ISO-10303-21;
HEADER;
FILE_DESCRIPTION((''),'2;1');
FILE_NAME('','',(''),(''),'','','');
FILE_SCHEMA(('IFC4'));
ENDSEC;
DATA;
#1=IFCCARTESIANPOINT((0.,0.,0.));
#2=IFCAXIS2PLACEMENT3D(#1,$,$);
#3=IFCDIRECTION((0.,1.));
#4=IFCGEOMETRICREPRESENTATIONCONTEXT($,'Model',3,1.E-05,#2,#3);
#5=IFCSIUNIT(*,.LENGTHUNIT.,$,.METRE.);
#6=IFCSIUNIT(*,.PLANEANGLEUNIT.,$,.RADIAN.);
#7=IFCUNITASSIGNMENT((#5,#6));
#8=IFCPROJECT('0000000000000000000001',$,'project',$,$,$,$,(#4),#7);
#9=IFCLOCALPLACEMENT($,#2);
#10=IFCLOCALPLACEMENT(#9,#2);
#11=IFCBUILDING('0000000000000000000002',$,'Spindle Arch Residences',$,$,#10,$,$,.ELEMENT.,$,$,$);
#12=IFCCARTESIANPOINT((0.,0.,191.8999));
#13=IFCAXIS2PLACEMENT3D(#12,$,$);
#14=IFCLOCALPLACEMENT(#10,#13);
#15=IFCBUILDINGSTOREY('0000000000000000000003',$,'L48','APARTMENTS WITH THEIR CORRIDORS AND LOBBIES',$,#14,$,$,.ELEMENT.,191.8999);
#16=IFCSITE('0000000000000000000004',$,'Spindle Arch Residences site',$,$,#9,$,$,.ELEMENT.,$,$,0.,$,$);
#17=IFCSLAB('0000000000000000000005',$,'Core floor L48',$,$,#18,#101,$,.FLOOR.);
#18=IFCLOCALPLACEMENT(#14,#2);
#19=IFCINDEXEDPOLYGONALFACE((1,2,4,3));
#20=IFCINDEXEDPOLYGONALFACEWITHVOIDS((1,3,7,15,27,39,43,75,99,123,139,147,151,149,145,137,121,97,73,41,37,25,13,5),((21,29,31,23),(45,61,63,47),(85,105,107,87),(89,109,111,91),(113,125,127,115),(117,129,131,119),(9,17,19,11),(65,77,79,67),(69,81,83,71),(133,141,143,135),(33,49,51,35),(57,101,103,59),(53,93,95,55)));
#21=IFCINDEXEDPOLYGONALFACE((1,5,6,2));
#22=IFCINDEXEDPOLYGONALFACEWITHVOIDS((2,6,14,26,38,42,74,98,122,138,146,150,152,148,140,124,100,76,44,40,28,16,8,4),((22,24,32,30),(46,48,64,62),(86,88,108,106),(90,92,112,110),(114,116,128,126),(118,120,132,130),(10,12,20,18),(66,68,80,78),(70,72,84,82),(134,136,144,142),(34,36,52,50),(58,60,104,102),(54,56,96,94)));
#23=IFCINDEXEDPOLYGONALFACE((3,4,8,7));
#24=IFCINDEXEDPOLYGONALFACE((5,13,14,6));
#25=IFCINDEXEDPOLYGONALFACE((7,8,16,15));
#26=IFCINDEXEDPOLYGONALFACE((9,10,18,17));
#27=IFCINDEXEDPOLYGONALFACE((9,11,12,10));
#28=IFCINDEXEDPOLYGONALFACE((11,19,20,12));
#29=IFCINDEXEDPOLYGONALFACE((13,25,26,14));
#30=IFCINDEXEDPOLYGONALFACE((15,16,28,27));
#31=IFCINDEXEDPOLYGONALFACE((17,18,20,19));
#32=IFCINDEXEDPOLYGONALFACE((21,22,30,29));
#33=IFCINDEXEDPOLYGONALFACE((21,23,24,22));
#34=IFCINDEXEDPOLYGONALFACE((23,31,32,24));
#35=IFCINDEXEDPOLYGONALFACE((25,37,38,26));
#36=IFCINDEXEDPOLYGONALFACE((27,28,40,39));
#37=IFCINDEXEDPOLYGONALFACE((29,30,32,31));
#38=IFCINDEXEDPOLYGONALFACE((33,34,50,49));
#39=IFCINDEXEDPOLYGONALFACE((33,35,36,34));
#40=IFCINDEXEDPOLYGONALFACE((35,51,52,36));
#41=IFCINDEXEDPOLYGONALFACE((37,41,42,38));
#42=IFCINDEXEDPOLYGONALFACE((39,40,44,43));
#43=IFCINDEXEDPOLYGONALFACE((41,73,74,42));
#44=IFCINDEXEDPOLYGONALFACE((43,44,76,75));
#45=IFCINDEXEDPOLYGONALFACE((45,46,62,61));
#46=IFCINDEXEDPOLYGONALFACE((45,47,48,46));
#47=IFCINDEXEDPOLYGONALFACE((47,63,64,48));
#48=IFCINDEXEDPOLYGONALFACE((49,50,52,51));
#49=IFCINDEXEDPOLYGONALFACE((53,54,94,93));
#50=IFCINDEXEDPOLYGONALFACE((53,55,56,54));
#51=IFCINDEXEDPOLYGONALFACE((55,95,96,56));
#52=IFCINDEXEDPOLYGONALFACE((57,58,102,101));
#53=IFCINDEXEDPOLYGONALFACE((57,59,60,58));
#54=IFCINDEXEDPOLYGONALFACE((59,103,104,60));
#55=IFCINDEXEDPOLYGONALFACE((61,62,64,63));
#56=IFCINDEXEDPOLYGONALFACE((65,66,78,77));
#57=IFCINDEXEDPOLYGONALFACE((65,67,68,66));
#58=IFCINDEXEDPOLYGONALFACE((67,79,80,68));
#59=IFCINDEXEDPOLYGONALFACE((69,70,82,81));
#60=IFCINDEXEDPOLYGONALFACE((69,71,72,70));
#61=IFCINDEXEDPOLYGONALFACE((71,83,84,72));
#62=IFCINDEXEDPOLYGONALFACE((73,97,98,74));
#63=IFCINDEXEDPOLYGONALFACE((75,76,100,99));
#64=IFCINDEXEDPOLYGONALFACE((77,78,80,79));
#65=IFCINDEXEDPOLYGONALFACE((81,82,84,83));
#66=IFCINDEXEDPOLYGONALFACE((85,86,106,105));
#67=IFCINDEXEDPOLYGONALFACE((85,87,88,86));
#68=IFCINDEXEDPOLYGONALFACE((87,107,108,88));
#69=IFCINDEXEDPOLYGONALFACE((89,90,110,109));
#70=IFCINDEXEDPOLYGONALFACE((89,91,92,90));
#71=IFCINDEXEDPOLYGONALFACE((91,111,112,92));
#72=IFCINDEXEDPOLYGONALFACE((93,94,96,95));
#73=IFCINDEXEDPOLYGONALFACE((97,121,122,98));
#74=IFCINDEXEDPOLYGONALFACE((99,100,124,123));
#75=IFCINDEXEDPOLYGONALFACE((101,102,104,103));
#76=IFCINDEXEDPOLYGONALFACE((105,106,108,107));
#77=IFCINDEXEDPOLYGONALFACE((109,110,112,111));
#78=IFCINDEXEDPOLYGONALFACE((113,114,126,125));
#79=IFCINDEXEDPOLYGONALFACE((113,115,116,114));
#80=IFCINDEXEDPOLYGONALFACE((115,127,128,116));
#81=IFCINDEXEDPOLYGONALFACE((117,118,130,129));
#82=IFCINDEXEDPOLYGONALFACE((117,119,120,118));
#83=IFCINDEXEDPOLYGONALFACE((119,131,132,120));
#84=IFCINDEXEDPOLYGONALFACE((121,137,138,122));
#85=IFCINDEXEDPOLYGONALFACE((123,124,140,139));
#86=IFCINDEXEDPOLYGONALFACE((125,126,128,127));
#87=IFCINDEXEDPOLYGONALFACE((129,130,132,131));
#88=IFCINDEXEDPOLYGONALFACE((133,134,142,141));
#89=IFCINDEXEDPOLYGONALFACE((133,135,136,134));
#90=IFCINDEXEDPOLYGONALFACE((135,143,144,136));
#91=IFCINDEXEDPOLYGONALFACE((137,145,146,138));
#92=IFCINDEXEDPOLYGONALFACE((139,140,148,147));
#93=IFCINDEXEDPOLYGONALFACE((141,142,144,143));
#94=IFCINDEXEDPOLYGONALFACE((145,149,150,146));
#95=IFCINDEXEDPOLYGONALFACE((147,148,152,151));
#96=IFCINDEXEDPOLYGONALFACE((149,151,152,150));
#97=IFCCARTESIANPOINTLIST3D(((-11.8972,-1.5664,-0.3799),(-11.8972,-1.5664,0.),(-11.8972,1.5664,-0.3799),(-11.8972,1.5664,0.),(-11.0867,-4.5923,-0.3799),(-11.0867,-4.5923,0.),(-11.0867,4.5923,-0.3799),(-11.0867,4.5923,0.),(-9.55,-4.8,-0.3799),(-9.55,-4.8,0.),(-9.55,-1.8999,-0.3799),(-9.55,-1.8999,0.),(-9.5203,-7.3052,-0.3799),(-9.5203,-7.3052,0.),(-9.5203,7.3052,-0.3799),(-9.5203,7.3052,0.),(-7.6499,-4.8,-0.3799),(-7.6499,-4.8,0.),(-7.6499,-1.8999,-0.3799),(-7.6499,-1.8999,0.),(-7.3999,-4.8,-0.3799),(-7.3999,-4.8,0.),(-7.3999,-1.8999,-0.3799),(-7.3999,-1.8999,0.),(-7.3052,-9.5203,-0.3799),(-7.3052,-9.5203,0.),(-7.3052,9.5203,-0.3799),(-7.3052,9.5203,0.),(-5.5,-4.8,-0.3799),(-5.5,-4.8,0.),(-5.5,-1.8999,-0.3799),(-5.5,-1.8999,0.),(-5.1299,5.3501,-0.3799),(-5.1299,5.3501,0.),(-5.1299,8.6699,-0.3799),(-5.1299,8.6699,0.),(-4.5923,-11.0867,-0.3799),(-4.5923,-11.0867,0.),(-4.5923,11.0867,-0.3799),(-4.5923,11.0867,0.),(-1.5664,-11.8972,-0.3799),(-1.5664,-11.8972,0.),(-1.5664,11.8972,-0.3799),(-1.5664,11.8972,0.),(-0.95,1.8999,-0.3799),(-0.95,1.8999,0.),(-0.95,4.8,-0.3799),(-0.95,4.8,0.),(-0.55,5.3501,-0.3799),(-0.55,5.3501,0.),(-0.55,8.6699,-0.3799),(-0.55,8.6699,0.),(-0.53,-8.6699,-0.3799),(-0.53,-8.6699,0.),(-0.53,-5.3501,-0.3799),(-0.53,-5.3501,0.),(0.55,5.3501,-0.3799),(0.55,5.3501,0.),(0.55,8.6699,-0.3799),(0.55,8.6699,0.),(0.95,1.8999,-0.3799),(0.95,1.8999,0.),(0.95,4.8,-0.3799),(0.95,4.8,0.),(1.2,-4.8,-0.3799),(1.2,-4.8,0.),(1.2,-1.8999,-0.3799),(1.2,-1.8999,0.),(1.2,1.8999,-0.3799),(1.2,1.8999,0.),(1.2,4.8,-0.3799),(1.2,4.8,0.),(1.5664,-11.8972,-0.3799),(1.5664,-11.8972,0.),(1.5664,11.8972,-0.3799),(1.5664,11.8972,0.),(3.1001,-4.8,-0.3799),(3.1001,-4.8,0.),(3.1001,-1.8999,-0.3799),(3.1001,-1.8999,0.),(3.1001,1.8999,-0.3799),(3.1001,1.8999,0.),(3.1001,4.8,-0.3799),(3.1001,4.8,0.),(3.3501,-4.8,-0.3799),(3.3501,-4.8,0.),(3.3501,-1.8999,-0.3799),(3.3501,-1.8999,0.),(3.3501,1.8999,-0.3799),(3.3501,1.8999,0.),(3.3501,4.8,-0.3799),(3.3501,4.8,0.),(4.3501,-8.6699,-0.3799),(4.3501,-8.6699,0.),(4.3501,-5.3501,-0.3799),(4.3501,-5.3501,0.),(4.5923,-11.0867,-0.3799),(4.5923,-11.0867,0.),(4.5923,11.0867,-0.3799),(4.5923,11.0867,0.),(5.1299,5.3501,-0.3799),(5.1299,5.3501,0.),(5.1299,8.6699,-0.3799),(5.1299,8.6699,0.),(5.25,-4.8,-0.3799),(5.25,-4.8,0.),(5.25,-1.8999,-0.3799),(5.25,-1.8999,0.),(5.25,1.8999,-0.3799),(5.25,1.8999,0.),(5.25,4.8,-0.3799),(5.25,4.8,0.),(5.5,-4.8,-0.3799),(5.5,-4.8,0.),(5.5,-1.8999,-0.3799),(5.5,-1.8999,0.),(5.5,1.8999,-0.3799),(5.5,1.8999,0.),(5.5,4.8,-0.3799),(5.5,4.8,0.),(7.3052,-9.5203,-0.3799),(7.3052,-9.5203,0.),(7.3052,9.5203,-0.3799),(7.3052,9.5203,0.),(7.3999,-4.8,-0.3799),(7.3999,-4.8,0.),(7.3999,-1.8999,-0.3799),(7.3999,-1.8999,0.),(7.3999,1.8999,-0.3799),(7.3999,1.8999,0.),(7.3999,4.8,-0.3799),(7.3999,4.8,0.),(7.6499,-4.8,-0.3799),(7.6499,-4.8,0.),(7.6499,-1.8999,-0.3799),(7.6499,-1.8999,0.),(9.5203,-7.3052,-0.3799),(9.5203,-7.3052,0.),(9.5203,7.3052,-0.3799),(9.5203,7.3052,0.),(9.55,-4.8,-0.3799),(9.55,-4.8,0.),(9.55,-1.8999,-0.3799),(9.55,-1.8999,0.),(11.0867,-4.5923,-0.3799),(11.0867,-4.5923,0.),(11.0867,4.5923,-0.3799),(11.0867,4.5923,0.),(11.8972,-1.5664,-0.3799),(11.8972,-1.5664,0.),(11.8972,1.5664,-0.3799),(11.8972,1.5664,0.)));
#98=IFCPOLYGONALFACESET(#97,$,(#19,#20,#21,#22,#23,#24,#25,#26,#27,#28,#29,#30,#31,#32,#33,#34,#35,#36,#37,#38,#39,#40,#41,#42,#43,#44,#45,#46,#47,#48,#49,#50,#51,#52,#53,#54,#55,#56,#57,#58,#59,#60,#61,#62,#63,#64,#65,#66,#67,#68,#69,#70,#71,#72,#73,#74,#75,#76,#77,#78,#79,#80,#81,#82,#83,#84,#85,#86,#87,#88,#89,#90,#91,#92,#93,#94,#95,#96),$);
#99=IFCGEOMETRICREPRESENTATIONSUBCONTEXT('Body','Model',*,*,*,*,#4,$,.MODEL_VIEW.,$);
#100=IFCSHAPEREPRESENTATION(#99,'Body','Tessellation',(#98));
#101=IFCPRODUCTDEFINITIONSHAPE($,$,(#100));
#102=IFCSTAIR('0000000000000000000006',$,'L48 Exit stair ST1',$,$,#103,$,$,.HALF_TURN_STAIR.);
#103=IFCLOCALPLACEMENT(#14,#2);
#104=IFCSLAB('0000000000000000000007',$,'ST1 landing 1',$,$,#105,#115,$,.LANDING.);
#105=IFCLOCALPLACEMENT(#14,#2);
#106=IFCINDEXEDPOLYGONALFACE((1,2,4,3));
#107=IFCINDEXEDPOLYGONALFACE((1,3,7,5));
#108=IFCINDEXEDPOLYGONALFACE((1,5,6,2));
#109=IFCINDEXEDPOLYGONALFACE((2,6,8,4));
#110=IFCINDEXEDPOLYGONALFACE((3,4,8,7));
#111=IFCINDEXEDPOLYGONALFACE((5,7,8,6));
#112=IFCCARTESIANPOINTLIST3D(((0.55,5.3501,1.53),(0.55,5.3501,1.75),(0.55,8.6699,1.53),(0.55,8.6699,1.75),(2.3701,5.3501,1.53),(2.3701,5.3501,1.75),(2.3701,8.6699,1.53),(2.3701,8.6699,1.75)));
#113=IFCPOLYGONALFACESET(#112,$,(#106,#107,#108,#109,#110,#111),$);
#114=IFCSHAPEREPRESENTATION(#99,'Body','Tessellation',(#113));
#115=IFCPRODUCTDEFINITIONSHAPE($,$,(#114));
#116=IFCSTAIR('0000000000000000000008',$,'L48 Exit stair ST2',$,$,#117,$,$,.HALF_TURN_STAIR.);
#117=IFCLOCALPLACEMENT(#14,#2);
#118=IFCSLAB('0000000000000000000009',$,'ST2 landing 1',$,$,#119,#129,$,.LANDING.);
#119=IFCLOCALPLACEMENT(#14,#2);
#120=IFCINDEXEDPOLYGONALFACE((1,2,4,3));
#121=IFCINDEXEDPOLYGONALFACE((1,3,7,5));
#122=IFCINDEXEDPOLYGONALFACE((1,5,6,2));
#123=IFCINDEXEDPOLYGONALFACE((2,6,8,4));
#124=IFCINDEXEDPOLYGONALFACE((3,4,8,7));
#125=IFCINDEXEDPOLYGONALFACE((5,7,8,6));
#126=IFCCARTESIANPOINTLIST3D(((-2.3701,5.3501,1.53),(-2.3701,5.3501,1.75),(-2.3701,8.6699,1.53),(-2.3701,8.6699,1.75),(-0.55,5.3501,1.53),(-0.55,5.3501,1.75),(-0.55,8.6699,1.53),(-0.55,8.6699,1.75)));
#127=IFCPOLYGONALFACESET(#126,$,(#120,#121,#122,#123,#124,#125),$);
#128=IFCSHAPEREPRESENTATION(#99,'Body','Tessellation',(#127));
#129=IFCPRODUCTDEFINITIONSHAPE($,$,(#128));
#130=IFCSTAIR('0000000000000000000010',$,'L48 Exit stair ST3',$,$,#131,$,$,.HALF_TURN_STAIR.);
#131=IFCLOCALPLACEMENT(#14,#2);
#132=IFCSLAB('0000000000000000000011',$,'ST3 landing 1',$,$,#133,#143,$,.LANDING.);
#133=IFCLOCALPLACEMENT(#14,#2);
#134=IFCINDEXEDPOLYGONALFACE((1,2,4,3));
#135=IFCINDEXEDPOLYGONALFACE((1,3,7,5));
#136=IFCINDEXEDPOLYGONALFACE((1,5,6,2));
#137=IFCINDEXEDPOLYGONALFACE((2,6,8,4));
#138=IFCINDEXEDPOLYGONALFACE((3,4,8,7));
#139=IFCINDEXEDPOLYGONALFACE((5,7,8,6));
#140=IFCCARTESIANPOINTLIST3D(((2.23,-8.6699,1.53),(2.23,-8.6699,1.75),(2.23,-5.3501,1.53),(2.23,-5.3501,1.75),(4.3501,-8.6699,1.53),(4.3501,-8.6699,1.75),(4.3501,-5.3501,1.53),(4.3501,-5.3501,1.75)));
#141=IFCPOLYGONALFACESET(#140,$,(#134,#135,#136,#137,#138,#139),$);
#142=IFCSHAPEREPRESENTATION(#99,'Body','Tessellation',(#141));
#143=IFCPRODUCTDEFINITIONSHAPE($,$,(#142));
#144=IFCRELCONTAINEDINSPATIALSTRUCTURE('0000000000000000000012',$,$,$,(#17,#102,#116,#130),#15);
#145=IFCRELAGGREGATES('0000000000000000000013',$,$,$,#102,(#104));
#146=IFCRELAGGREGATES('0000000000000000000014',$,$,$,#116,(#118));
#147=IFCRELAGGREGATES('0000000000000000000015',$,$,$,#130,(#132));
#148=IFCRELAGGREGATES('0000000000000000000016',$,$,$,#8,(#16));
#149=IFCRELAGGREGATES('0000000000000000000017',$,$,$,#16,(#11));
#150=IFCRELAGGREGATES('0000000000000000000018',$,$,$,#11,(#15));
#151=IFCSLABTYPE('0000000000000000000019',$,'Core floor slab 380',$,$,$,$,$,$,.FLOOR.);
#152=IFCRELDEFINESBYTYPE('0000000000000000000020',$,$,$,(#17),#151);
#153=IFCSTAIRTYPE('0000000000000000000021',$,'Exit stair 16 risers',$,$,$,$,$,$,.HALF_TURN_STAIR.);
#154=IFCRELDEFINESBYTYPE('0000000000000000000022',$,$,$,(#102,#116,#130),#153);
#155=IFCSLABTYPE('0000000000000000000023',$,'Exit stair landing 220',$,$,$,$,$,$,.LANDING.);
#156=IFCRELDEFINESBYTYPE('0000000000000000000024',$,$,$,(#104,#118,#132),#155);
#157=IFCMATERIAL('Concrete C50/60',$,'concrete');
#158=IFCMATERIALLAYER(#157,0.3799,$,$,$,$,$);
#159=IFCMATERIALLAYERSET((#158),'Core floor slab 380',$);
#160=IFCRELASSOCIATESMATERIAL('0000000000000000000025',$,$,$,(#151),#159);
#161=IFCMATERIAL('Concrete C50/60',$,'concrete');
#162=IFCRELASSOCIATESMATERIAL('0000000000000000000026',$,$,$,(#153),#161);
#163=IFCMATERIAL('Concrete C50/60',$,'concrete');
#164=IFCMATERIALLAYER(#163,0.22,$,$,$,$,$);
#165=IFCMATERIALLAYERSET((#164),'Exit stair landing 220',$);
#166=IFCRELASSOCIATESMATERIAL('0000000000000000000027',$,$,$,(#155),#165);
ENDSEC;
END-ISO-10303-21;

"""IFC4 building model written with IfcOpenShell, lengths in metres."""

from ifc_helpers import new_model, si_unit, direction, frame, origin, place, context, subcontext, project, spatial, polyline, outline, extrude, material, layer, layer_set, type_object, element, aggregate, save


model = new_model("IFC4")

# Units and contexts
model_context = context("Model", 3, precision=1e-05, world=origin(), true_north=direction((0.0, 1.0)))
body_context = subcontext(model_context, "Body", "Model", "MODEL_VIEW")
ifc_project = project(units=[si_unit("LENGTHUNIT", "METRE"), si_unit("PLANEANGLEUNIT", "RADIAN")], contexts=[model_context])

# Site, building, storey
site_placement = place(None, origin())
site = spatial("IfcSite", under=ifc_project, at=site_placement, Name="Spindle Arch Residences site", CompositionType="ELEMENT", RefElevation=0.0)
building_placement = place(site_placement, origin())
building = spatial("IfcBuilding", under=site, at=building_placement, Name="Spindle Arch Residences", CompositionType="ELEMENT")
storey_placement = place(building_placement, frame((0.0, 0.0, 191.8999)))
storey = spatial("IfcBuildingStorey", under=building, at=storey_placement, Name="L48", Description="APARTMENTS WITH THEIR CORRIDORS AND LOBBIES", CompositionType="ELEMENT", Elevation=191.8999)

# Slab
ifc_material_1 = material(Name="Concrete C50/60", Category="concrete")
ifc_layer_1 = layer(ifc_material_1, 0.3799)
ifc_layer_set_1 = layer_set([ifc_layer_1], Name="Core floor slab 380")
slab_type_1 = type_object("IfcSlabType", Name="Core floor slab 380", PredefinedType="FLOOR", material=ifc_layer_set_1)
slab_1_placement = place(storey_placement, frame((0.0, 0.0, -0.3799)))
element("IfcSlab", 1, at=slab_1_placement, inside=storey, type_object=slab_type_1, Name="Core floor L48", PredefinedType="FLOOR", context=body_context, shape_type="SweptSolid", body=[
    extrude(outline(polyline([(1.5664, -11.8972), (4.5923, -11.0867), (7.3052, -9.5203), (9.5203, -7.3052), (11.0867, -4.5923), (11.8972, -1.5664), (11.8972, 1.5664), (11.0867, 4.5923), (9.5203, 7.3052), (7.3052, 9.5203), (4.5923, 11.0867), (1.5664, 11.8972), (-1.5664, 11.8972), (-4.5923, 11.0867), (-7.3052, 9.5203), (-9.5203, 7.3052), (-11.0867, 4.5923), (-11.8972, 1.5664), (-11.8972, -1.5664), (-11.0867, -4.5923), (-9.5203, -7.3052), (-7.3052, -9.5203), (-4.5923, -11.0867), (-1.5664, -11.8972), (1.5664, -11.8972)]), holes=[polyline([(-0.95, 1.8999), (0.95, 1.8999), (0.95, 4.8), (-0.95, 4.8), (-0.95, 1.8999)]), polyline([(1.2, 1.8999), (3.1001, 1.8999), (3.1001, 4.8), (1.2, 4.8), (1.2, 1.8999)]), polyline([(3.3501, 1.8999), (5.25, 1.8999), (5.25, 4.8), (3.3501, 4.8), (3.3501, 1.8999)]), polyline([(5.5, 1.8999), (7.3999, 1.8999), (7.3999, 4.8), (5.5, 4.8), (5.5, 1.8999)]), polyline([(-9.55, -4.8), (-7.6499, -4.8), (-7.6499, -1.8999), (-9.55, -1.8999), (-9.55, -4.8)]), polyline([(-7.3999, -4.8), (-5.5, -4.8), (-5.5, -1.8999), (-7.3999, -1.8999), (-7.3999, -4.8)]), polyline([(1.2, -4.8), (3.1001, -4.8), (3.1001, -1.8999), (1.2, -1.8999), (1.2, -4.8)]), polyline([(3.3501, -4.8), (5.25, -4.8), (5.25, -1.8999), (3.3501, -1.8999), (3.3501, -4.8)]), polyline([(5.5, -4.8), (7.3999, -4.8), (7.3999, -1.8999), (5.5, -1.8999), (5.5, -4.8)]), polyline([(7.6499, -4.8), (9.55, -4.8), (9.55, -1.8999), (7.6499, -1.8999), (7.6499, -4.8)]), polyline([(5.1299, 8.6699), (0.55, 8.6699), (0.55, 5.3501), (5.1299, 5.3501), (5.1299, 8.6699)]), polyline([(-5.1299, 5.3501), (-0.55, 5.3501), (-0.55, 8.6699), (-5.1299, 8.6699), (-5.1299, 5.3501)]), polyline([(-0.53, -8.6699), (4.3501, -8.6699), (4.3501, -5.3501), (-0.53, -5.3501), (-0.53, -8.6699)])]), origin(), (0.0, 0.0, 1.0), 0.3799),
])

# Stairs, slabs
ifc_material_2 = material(Name="Concrete C50/60", Category="concrete")
stair_type = type_object("IfcStairType", Name="Exit stair 16 risers", PredefinedType="HALF_TURN_STAIR", material=ifc_material_2)
stair_1_placement = place(storey_placement, origin())
stair_1 = element("IfcStair", 2, at=stair_1_placement, inside=storey, type_object=stair_type, Name="L48 Exit stair ST1", PredefinedType="HALF_TURN_STAIR")
ifc_material_3 = material(Name="Concrete C50/60", Category="concrete")
ifc_layer_2 = layer(ifc_material_3, 0.22)
ifc_layer_set_2 = layer_set([ifc_layer_2], Name="Exit stair landing 220")
slab_type_2 = type_object("IfcSlabType", Name="Exit stair landing 220", PredefinedType="LANDING", material=ifc_layer_set_2)
slab_2_placement = place(storey_placement, frame((0.0, 0.0, 1.53)))
slab_2 = element("IfcSlab", 3, at=slab_2_placement, type_object=slab_type_2, Name="ST1 landing 1", PredefinedType="LANDING", context=body_context, shape_type="SweptSolid", body=[
    extrude(outline(polyline([(2.3701, 8.6699), (0.55, 8.6699), (0.55, 5.3501), (2.3701, 5.3501), (2.3701, 8.6699)])), origin(), (0.0, 0.0, 1.0), 0.22),
])
aggregate(stair_1, [slab_2])
stair_2_placement = place(storey_placement, origin())
stair_2 = element("IfcStair", 4, at=stair_2_placement, inside=storey, type_object=stair_type, Name="L48 Exit stair ST2", PredefinedType="HALF_TURN_STAIR")
slab_3_placement = place(storey_placement, frame((0.0, 0.0, 1.53)))
slab_3 = element("IfcSlab", 5, at=slab_3_placement, type_object=slab_type_2, Name="ST2 landing 1", PredefinedType="LANDING", context=body_context, shape_type="SweptSolid", body=[
    extrude(outline(polyline([(-2.3701, 5.3501), (-0.55, 5.3501), (-0.55, 8.6699), (-2.3701, 8.6699), (-2.3701, 5.3501)])), origin(), (0.0, 0.0, 1.0), 0.22),
])
aggregate(stair_2, [slab_3])
stair_3_placement = place(storey_placement, origin())
stair_3 = element("IfcStair", 6, at=stair_3_placement, inside=storey, type_object=stair_type, Name="L48 Exit stair ST3", PredefinedType="HALF_TURN_STAIR")
slab_4_placement = place(storey_placement, frame((0.0, 0.0, 1.53)))
slab_4 = element("IfcSlab", 7, at=slab_4_placement, type_object=slab_type_2, Name="ST3 landing 1", PredefinedType="LANDING", context=body_context, shape_type="SweptSolid", body=[
    extrude(outline(polyline([(2.23, -8.6699), (4.3501, -8.6699), (4.3501, -5.3501), (2.23, -5.3501), (2.23, -8.6699)])), origin(), (0.0, 0.0, 1.0), 0.22),
])

aggregate(stair_3, [slab_4])

save(model, "model.ifc")
